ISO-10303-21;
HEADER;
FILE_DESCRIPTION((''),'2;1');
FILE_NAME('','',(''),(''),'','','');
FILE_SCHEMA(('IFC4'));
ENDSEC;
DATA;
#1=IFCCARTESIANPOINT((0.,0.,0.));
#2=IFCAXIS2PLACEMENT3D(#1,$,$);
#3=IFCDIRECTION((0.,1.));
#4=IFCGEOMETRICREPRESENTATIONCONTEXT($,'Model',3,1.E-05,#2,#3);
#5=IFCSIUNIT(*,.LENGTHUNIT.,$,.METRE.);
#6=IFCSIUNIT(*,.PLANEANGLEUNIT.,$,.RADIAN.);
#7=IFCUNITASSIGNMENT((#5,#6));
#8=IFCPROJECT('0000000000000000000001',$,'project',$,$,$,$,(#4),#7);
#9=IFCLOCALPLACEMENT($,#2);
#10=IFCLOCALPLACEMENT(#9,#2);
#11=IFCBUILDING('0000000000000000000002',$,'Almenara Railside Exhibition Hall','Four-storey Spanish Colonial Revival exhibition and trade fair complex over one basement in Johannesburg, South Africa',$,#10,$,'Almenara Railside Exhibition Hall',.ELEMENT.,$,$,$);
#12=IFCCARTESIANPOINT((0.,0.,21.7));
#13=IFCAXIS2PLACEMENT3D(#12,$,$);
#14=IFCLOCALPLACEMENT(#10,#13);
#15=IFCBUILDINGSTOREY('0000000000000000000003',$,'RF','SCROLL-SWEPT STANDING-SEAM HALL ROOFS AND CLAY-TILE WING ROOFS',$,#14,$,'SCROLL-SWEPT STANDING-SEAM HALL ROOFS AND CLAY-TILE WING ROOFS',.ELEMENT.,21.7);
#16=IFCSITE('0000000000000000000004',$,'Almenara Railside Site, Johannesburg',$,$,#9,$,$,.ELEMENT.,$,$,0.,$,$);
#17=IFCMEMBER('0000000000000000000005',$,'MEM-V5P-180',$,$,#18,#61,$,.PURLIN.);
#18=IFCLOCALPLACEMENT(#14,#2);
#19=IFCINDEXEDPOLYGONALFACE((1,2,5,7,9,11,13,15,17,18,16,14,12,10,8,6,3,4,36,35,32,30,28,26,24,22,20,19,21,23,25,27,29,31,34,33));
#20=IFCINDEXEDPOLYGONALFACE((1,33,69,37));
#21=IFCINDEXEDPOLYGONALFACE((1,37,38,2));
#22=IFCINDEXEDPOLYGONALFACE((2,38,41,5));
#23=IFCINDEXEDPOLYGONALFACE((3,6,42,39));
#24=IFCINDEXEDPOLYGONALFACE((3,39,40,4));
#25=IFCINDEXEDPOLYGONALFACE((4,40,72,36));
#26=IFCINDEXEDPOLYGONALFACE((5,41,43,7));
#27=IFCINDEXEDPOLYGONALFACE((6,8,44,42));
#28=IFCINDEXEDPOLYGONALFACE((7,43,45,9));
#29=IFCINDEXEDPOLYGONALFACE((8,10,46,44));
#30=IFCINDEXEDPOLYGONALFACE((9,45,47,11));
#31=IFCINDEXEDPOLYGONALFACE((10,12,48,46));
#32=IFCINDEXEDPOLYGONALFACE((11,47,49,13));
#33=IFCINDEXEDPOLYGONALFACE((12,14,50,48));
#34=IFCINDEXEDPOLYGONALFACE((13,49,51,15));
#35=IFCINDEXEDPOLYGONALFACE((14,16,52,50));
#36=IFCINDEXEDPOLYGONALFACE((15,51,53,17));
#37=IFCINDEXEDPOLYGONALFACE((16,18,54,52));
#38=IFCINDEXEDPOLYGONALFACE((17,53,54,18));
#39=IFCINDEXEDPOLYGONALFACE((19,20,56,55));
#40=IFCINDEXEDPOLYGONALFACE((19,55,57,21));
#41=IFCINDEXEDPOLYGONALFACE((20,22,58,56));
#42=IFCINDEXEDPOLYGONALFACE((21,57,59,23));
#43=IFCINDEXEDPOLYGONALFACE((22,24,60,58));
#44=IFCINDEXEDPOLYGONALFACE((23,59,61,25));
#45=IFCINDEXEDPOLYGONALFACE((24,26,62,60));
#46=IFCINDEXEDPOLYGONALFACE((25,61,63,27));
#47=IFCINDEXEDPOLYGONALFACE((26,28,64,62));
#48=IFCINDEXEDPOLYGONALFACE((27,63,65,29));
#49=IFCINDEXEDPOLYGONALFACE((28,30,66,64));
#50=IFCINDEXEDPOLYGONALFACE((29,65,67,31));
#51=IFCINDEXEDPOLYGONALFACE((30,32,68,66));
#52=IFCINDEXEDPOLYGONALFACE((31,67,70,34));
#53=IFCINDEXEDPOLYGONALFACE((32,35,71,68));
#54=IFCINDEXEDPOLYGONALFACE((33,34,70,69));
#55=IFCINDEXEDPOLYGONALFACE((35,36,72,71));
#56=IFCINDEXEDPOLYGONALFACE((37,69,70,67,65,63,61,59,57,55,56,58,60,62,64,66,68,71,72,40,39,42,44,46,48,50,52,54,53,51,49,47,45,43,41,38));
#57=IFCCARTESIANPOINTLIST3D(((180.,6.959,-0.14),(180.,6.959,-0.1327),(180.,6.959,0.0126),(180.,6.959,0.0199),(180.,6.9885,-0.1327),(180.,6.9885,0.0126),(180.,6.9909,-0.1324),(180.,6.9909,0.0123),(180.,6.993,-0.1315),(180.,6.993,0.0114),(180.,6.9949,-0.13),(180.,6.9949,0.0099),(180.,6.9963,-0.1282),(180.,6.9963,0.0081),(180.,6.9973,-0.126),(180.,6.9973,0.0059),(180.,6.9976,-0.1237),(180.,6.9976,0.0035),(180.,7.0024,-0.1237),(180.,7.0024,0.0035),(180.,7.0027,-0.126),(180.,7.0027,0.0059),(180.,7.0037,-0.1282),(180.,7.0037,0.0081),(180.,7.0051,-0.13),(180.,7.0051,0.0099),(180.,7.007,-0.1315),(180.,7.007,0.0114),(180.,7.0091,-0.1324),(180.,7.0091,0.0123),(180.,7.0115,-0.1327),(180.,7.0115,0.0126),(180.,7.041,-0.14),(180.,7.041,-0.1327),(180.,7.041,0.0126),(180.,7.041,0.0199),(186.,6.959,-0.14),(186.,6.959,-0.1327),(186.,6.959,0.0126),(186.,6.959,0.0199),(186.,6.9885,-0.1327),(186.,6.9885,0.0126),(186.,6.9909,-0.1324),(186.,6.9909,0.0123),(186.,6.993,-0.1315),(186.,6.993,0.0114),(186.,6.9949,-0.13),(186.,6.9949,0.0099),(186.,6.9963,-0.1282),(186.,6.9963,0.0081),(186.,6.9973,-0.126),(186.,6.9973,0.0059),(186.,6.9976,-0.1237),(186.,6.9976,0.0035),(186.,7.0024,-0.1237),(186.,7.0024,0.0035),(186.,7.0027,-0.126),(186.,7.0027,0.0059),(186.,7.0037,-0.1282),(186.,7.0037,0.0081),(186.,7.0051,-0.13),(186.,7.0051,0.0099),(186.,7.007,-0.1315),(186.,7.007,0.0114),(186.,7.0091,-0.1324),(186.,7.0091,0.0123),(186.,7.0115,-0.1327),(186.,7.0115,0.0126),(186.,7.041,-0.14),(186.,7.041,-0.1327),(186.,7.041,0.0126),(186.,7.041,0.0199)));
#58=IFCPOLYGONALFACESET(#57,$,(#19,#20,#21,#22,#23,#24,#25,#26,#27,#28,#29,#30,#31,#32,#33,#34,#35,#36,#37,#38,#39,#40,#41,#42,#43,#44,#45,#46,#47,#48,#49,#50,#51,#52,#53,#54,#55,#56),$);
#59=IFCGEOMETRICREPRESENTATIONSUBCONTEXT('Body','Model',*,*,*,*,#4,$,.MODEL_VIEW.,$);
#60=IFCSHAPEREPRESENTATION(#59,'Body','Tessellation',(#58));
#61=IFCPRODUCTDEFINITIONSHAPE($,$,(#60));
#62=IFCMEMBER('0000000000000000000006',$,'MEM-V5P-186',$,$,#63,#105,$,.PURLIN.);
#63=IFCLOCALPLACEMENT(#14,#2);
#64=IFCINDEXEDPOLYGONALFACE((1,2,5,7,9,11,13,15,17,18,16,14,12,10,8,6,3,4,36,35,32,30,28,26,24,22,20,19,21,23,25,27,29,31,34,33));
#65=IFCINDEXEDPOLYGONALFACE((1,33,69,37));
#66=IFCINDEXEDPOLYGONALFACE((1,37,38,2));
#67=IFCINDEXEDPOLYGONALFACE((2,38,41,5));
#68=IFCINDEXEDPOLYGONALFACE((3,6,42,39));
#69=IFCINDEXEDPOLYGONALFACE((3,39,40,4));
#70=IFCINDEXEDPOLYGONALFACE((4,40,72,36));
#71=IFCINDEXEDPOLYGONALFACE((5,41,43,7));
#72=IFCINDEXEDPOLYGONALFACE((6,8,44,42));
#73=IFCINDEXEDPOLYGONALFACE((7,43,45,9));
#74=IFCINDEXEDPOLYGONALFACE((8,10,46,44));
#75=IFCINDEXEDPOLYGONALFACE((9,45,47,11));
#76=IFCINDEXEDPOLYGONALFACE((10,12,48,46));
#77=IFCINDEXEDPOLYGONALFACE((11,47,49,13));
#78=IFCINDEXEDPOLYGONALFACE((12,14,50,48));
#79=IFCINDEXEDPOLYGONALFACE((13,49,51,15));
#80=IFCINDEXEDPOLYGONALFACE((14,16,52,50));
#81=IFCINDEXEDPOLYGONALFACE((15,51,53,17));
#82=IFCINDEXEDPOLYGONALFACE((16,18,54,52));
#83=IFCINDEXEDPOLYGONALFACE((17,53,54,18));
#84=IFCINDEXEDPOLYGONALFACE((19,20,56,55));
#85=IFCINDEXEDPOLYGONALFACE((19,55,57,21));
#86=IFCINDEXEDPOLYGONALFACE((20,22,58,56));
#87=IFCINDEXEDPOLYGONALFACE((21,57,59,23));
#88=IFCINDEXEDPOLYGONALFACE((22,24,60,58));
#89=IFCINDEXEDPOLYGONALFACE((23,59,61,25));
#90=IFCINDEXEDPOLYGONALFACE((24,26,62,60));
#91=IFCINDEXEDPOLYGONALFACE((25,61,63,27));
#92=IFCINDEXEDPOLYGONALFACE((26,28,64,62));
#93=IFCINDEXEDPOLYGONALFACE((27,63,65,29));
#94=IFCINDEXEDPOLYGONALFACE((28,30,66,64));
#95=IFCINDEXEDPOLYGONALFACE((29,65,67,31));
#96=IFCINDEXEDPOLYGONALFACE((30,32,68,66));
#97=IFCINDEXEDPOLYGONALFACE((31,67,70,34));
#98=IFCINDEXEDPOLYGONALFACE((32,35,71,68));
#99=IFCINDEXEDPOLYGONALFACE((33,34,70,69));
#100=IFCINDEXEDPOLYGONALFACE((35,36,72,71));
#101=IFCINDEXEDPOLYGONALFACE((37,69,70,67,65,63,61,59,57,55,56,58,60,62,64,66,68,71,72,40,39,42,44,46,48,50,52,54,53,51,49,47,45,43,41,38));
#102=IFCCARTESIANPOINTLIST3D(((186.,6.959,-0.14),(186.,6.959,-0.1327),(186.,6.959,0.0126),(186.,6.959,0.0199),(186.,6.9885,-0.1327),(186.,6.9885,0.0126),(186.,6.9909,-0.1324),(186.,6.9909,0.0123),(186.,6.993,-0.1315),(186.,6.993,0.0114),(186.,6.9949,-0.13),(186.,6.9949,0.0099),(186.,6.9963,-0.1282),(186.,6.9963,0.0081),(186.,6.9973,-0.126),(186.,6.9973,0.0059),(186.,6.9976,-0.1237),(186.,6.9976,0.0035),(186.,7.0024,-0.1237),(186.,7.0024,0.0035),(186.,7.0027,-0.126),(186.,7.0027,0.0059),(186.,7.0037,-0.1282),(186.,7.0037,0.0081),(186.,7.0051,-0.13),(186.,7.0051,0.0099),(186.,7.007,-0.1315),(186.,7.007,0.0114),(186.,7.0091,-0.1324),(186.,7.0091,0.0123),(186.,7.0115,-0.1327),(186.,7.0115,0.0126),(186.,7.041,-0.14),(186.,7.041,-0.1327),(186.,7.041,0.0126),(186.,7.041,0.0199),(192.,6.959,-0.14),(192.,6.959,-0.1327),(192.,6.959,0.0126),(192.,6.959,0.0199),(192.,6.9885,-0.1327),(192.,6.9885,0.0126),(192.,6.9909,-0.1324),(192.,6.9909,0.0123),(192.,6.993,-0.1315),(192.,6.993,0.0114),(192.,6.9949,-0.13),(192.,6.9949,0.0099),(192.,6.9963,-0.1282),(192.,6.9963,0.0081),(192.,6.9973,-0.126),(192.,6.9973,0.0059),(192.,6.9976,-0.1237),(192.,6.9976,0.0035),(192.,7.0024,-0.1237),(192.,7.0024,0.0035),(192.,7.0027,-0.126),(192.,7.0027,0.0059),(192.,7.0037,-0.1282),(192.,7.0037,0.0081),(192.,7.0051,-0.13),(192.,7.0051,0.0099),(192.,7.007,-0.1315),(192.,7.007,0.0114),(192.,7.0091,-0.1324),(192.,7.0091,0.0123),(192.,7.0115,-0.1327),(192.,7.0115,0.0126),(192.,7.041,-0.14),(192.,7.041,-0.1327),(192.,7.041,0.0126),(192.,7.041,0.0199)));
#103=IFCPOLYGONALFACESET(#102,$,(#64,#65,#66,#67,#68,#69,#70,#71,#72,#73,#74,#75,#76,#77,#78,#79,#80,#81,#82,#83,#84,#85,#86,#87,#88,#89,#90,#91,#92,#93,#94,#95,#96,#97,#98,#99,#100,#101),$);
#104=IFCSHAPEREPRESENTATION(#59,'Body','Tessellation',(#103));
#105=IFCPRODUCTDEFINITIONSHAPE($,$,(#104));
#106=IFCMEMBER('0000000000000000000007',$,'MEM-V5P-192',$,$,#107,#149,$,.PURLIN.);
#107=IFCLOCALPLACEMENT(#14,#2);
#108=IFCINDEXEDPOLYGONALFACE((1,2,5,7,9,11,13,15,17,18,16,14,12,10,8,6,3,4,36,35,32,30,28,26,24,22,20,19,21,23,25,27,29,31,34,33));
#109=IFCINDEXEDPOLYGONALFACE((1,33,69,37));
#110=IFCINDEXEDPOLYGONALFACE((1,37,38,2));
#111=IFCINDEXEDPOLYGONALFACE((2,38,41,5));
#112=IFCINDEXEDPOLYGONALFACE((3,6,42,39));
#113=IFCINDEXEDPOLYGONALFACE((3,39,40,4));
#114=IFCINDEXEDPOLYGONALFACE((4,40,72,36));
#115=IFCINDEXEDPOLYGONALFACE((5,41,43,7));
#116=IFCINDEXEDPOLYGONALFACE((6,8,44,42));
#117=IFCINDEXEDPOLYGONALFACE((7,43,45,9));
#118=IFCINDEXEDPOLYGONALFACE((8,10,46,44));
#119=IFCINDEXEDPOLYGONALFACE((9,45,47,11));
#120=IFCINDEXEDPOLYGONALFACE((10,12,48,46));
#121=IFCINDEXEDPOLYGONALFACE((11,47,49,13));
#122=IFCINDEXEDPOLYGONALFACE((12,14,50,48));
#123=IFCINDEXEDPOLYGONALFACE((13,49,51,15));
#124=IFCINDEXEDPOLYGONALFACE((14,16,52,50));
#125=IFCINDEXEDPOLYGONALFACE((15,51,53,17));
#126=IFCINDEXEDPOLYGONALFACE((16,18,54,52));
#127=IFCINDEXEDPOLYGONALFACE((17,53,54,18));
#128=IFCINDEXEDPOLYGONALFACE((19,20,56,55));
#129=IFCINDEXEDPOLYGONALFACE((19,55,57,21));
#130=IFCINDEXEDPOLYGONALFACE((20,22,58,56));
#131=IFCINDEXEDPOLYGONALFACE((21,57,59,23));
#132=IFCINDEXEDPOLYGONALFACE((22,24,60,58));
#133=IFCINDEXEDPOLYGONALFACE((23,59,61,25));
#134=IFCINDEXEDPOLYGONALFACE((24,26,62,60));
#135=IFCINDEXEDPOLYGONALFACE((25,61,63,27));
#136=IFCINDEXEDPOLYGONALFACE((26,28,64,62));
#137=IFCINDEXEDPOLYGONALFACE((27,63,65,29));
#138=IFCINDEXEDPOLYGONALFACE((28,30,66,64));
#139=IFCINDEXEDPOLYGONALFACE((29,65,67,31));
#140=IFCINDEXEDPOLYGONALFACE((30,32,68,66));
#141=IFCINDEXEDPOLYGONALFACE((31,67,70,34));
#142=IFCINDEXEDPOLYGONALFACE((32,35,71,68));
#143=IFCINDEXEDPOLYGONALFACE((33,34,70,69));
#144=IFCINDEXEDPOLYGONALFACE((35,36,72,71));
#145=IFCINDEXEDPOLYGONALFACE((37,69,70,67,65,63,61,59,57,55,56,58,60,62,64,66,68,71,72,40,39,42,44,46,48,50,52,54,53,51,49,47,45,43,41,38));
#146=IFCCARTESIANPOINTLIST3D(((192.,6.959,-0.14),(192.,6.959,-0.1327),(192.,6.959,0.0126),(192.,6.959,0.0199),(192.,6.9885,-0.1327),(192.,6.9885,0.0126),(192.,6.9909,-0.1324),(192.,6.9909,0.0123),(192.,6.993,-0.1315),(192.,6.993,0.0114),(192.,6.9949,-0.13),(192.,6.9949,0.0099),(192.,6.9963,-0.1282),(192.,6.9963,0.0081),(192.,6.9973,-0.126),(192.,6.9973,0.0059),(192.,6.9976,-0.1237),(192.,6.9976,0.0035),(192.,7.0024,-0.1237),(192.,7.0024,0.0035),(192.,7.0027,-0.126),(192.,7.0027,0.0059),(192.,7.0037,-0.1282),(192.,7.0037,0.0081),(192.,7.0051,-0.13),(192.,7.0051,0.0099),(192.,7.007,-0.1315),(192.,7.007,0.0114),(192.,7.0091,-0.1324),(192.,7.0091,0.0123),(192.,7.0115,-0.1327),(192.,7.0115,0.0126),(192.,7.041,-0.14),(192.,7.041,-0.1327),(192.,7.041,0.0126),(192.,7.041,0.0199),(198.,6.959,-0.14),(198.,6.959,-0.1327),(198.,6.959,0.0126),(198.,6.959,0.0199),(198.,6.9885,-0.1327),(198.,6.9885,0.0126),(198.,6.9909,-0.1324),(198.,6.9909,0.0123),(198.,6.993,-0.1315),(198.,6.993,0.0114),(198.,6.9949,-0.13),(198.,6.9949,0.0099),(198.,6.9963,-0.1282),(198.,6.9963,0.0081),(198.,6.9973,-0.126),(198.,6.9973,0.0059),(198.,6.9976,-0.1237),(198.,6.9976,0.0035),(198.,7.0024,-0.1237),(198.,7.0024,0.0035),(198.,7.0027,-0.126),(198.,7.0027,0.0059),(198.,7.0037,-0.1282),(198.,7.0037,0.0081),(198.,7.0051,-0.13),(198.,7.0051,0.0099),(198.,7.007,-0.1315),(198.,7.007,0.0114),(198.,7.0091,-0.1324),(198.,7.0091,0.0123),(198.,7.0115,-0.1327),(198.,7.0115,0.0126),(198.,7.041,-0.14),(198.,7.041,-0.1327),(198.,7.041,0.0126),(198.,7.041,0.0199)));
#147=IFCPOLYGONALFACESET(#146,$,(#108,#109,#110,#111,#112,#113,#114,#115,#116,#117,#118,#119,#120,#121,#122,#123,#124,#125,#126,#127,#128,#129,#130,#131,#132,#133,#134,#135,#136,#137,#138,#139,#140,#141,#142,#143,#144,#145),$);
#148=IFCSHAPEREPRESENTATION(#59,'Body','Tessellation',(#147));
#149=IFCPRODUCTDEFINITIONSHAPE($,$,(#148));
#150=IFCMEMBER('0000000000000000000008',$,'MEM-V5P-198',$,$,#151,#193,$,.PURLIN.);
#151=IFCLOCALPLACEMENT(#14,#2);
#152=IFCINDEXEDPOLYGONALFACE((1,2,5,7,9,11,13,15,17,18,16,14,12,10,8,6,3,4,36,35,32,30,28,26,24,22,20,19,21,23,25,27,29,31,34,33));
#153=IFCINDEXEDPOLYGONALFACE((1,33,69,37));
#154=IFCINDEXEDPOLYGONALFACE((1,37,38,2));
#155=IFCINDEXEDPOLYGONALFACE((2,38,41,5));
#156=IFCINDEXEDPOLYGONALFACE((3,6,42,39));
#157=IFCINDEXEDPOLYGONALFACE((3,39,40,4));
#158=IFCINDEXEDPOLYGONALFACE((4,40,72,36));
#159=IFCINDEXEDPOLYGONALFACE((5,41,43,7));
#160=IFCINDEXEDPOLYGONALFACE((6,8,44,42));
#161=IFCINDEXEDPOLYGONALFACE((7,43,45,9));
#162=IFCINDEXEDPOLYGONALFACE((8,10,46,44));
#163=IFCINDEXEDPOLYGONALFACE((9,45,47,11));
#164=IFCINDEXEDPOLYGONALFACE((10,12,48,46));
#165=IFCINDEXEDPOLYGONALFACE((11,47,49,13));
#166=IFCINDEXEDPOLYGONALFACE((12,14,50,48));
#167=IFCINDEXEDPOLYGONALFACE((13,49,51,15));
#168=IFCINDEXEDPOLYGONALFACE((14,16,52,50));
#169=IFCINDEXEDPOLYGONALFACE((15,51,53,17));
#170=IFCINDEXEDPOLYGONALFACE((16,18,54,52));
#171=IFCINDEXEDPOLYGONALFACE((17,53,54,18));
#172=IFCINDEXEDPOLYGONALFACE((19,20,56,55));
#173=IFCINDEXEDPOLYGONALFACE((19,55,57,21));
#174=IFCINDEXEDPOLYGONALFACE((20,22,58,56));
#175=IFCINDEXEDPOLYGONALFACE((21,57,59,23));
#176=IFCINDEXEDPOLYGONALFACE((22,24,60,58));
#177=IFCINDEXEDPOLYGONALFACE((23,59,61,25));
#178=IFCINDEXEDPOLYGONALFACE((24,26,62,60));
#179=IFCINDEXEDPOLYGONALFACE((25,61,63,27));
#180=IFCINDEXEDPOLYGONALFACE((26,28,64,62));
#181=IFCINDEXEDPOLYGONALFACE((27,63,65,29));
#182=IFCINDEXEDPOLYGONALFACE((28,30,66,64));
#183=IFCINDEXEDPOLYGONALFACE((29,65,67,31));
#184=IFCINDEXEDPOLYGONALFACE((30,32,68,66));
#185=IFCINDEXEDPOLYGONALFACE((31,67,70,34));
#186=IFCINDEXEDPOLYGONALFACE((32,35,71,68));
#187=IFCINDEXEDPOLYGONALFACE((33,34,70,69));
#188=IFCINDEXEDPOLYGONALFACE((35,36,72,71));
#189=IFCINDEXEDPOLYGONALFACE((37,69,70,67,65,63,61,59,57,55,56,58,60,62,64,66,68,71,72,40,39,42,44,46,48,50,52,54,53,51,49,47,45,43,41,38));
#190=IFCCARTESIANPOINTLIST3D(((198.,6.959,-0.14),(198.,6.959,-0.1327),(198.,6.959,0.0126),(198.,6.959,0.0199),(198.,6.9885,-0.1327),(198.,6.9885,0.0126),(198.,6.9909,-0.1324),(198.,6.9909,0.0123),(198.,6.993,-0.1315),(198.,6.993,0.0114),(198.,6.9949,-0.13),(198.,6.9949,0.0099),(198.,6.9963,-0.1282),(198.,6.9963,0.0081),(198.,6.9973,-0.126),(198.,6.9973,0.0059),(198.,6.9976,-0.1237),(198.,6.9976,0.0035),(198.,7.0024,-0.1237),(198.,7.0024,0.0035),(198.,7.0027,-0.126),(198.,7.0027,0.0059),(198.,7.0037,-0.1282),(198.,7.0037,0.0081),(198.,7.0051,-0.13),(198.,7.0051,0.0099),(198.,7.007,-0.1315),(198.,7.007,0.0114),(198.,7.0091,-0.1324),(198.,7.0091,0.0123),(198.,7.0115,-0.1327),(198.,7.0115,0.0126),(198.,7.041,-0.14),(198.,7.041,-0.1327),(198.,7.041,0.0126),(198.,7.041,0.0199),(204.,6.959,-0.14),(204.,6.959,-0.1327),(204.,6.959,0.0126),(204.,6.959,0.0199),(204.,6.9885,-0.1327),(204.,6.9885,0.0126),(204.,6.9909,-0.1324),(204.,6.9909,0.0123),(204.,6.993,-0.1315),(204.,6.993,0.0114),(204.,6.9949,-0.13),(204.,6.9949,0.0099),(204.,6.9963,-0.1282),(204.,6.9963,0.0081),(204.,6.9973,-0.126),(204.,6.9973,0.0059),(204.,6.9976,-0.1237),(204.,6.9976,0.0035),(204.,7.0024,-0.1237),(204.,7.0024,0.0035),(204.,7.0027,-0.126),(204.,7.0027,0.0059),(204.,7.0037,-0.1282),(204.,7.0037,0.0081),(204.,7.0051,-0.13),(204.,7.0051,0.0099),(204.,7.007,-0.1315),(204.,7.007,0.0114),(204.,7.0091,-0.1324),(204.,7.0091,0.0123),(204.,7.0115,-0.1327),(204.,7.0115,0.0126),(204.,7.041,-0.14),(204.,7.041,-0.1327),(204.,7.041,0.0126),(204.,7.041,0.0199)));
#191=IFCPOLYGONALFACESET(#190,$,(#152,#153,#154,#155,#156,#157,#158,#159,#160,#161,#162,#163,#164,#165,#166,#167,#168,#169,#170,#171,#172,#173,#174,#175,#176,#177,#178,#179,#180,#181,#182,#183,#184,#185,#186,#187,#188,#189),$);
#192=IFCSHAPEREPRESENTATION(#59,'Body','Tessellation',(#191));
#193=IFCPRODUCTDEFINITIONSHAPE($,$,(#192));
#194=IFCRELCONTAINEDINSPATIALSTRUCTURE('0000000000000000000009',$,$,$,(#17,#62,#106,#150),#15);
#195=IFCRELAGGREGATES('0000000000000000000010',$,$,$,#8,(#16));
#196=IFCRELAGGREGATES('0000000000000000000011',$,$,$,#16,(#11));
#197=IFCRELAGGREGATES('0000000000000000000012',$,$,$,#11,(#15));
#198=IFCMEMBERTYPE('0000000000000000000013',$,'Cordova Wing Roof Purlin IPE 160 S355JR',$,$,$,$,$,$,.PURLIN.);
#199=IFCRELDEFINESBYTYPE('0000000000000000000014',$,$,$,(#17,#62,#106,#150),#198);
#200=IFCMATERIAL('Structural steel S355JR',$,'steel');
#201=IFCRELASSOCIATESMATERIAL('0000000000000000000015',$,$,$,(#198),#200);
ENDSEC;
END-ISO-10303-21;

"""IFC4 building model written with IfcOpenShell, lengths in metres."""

from ifc_helpers import new_model, si_unit, direction, frame, origin, origin_2d, place, context, subcontext, project, spatial, i_section, extrude, material, material_profile, profile_set, type_object, element, save


model = new_model("IFC4")

# Units and contexts
model_context = context("Model", 3, precision=1e-05, world=origin(), true_north=direction((0.0, 1.0)))
body_context = subcontext(model_context, "Body", "Model", "MODEL_VIEW")
ifc_project = project(units=[si_unit("LENGTHUNIT", "METRE"), si_unit("PLANEANGLEUNIT", "RADIAN")], contexts=[model_context])

# Site, building, storey
site_placement = place(None, origin())
site = spatial("IfcSite", under=ifc_project, at=site_placement, Name="Almenara Railside Site, Johannesburg", CompositionType="ELEMENT", RefElevation=0.0)
building_placement = place(site_placement, origin())
building = spatial("IfcBuilding", under=site, at=building_placement, Name="Almenara Railside Exhibition Hall", Description="Four-storey Spanish Colonial Revival exhibition and trade fair complex over one basement in Johannesburg, South Africa", LongName="Almenara Railside Exhibition Hall", CompositionType="ELEMENT")
storey_placement = place(building_placement, frame((0.0, 0.0, 21.7)))
storey = spatial("IfcBuildingStorey", under=building, at=storey_placement, Name="RF", Description="SCROLL-SWEPT STANDING-SEAM HALL ROOFS AND CLAY-TILE WING ROOFS", LongName="SCROLL-SWEPT STANDING-SEAM HALL ROOFS AND CLAY-TILE WING ROOFS", CompositionType="ELEMENT", Elevation=21.7)

# Members
ifc_material_1 = material(Name="Structural steel S355JR", Category="steel")
ifc_material_profile_1 = material_profile(ifc_material_1, i_section(OverallWidth=0.082, OverallDepth=0.1599, WebThickness=0.0049, FlangeThickness=0.0073, FilletRadius=0.009, at=origin_2d()), Name="IPE 160")
ifc_profile_set_1 = profile_set([ifc_material_profile_1], Name="Structural steel S355JR")
member_type_1 = type_object("IfcMemberType", Name="Cordova Wing Roof Purlin IPE 160 S355JR", PredefinedType="PURLIN", material=ifc_profile_set_1)
for number, where, z_axis, x_axis, name in (
    (1, (180.0, 7.0, -0.0601), (1.0, 0.0, 0.0), (0.0, 1.0, 0.0), "MEM-V5P-180"),
    (2, (186.0, 7.0, -0.0601), (1.0, 0.0, 0.0), (0.0, 1.0, 0.0), "MEM-V5P-186"),
    (3, (192.0, 7.0, -0.0601), (1.0, 0.0, 0.0), (0.0, 1.0, 0.0), "MEM-V5P-192"),
    (4, (198.0, 7.0, -0.0601), (1.0, 0.0, 0.0), (0.0, 1.0, 0.0), "MEM-V5P-198"),
):
    element("IfcMember", number, at=place(storey_placement, frame(where, z_axis=z_axis, x_axis=x_axis)), inside=storey, type_object=member_type_1, Name=name, PredefinedType="PURLIN", context=body_context, shape_type="SweptSolid", body=[
        extrude(i_section(OverallWidth=0.082, OverallDepth=0.1599, WebThickness=0.0049, FlangeThickness=0.0073, FilletRadius=0.009, at=origin_2d()), origin(), (0.0, 0.0, 1.0), 6.0),
    ])

save(model, "model.ifc")
